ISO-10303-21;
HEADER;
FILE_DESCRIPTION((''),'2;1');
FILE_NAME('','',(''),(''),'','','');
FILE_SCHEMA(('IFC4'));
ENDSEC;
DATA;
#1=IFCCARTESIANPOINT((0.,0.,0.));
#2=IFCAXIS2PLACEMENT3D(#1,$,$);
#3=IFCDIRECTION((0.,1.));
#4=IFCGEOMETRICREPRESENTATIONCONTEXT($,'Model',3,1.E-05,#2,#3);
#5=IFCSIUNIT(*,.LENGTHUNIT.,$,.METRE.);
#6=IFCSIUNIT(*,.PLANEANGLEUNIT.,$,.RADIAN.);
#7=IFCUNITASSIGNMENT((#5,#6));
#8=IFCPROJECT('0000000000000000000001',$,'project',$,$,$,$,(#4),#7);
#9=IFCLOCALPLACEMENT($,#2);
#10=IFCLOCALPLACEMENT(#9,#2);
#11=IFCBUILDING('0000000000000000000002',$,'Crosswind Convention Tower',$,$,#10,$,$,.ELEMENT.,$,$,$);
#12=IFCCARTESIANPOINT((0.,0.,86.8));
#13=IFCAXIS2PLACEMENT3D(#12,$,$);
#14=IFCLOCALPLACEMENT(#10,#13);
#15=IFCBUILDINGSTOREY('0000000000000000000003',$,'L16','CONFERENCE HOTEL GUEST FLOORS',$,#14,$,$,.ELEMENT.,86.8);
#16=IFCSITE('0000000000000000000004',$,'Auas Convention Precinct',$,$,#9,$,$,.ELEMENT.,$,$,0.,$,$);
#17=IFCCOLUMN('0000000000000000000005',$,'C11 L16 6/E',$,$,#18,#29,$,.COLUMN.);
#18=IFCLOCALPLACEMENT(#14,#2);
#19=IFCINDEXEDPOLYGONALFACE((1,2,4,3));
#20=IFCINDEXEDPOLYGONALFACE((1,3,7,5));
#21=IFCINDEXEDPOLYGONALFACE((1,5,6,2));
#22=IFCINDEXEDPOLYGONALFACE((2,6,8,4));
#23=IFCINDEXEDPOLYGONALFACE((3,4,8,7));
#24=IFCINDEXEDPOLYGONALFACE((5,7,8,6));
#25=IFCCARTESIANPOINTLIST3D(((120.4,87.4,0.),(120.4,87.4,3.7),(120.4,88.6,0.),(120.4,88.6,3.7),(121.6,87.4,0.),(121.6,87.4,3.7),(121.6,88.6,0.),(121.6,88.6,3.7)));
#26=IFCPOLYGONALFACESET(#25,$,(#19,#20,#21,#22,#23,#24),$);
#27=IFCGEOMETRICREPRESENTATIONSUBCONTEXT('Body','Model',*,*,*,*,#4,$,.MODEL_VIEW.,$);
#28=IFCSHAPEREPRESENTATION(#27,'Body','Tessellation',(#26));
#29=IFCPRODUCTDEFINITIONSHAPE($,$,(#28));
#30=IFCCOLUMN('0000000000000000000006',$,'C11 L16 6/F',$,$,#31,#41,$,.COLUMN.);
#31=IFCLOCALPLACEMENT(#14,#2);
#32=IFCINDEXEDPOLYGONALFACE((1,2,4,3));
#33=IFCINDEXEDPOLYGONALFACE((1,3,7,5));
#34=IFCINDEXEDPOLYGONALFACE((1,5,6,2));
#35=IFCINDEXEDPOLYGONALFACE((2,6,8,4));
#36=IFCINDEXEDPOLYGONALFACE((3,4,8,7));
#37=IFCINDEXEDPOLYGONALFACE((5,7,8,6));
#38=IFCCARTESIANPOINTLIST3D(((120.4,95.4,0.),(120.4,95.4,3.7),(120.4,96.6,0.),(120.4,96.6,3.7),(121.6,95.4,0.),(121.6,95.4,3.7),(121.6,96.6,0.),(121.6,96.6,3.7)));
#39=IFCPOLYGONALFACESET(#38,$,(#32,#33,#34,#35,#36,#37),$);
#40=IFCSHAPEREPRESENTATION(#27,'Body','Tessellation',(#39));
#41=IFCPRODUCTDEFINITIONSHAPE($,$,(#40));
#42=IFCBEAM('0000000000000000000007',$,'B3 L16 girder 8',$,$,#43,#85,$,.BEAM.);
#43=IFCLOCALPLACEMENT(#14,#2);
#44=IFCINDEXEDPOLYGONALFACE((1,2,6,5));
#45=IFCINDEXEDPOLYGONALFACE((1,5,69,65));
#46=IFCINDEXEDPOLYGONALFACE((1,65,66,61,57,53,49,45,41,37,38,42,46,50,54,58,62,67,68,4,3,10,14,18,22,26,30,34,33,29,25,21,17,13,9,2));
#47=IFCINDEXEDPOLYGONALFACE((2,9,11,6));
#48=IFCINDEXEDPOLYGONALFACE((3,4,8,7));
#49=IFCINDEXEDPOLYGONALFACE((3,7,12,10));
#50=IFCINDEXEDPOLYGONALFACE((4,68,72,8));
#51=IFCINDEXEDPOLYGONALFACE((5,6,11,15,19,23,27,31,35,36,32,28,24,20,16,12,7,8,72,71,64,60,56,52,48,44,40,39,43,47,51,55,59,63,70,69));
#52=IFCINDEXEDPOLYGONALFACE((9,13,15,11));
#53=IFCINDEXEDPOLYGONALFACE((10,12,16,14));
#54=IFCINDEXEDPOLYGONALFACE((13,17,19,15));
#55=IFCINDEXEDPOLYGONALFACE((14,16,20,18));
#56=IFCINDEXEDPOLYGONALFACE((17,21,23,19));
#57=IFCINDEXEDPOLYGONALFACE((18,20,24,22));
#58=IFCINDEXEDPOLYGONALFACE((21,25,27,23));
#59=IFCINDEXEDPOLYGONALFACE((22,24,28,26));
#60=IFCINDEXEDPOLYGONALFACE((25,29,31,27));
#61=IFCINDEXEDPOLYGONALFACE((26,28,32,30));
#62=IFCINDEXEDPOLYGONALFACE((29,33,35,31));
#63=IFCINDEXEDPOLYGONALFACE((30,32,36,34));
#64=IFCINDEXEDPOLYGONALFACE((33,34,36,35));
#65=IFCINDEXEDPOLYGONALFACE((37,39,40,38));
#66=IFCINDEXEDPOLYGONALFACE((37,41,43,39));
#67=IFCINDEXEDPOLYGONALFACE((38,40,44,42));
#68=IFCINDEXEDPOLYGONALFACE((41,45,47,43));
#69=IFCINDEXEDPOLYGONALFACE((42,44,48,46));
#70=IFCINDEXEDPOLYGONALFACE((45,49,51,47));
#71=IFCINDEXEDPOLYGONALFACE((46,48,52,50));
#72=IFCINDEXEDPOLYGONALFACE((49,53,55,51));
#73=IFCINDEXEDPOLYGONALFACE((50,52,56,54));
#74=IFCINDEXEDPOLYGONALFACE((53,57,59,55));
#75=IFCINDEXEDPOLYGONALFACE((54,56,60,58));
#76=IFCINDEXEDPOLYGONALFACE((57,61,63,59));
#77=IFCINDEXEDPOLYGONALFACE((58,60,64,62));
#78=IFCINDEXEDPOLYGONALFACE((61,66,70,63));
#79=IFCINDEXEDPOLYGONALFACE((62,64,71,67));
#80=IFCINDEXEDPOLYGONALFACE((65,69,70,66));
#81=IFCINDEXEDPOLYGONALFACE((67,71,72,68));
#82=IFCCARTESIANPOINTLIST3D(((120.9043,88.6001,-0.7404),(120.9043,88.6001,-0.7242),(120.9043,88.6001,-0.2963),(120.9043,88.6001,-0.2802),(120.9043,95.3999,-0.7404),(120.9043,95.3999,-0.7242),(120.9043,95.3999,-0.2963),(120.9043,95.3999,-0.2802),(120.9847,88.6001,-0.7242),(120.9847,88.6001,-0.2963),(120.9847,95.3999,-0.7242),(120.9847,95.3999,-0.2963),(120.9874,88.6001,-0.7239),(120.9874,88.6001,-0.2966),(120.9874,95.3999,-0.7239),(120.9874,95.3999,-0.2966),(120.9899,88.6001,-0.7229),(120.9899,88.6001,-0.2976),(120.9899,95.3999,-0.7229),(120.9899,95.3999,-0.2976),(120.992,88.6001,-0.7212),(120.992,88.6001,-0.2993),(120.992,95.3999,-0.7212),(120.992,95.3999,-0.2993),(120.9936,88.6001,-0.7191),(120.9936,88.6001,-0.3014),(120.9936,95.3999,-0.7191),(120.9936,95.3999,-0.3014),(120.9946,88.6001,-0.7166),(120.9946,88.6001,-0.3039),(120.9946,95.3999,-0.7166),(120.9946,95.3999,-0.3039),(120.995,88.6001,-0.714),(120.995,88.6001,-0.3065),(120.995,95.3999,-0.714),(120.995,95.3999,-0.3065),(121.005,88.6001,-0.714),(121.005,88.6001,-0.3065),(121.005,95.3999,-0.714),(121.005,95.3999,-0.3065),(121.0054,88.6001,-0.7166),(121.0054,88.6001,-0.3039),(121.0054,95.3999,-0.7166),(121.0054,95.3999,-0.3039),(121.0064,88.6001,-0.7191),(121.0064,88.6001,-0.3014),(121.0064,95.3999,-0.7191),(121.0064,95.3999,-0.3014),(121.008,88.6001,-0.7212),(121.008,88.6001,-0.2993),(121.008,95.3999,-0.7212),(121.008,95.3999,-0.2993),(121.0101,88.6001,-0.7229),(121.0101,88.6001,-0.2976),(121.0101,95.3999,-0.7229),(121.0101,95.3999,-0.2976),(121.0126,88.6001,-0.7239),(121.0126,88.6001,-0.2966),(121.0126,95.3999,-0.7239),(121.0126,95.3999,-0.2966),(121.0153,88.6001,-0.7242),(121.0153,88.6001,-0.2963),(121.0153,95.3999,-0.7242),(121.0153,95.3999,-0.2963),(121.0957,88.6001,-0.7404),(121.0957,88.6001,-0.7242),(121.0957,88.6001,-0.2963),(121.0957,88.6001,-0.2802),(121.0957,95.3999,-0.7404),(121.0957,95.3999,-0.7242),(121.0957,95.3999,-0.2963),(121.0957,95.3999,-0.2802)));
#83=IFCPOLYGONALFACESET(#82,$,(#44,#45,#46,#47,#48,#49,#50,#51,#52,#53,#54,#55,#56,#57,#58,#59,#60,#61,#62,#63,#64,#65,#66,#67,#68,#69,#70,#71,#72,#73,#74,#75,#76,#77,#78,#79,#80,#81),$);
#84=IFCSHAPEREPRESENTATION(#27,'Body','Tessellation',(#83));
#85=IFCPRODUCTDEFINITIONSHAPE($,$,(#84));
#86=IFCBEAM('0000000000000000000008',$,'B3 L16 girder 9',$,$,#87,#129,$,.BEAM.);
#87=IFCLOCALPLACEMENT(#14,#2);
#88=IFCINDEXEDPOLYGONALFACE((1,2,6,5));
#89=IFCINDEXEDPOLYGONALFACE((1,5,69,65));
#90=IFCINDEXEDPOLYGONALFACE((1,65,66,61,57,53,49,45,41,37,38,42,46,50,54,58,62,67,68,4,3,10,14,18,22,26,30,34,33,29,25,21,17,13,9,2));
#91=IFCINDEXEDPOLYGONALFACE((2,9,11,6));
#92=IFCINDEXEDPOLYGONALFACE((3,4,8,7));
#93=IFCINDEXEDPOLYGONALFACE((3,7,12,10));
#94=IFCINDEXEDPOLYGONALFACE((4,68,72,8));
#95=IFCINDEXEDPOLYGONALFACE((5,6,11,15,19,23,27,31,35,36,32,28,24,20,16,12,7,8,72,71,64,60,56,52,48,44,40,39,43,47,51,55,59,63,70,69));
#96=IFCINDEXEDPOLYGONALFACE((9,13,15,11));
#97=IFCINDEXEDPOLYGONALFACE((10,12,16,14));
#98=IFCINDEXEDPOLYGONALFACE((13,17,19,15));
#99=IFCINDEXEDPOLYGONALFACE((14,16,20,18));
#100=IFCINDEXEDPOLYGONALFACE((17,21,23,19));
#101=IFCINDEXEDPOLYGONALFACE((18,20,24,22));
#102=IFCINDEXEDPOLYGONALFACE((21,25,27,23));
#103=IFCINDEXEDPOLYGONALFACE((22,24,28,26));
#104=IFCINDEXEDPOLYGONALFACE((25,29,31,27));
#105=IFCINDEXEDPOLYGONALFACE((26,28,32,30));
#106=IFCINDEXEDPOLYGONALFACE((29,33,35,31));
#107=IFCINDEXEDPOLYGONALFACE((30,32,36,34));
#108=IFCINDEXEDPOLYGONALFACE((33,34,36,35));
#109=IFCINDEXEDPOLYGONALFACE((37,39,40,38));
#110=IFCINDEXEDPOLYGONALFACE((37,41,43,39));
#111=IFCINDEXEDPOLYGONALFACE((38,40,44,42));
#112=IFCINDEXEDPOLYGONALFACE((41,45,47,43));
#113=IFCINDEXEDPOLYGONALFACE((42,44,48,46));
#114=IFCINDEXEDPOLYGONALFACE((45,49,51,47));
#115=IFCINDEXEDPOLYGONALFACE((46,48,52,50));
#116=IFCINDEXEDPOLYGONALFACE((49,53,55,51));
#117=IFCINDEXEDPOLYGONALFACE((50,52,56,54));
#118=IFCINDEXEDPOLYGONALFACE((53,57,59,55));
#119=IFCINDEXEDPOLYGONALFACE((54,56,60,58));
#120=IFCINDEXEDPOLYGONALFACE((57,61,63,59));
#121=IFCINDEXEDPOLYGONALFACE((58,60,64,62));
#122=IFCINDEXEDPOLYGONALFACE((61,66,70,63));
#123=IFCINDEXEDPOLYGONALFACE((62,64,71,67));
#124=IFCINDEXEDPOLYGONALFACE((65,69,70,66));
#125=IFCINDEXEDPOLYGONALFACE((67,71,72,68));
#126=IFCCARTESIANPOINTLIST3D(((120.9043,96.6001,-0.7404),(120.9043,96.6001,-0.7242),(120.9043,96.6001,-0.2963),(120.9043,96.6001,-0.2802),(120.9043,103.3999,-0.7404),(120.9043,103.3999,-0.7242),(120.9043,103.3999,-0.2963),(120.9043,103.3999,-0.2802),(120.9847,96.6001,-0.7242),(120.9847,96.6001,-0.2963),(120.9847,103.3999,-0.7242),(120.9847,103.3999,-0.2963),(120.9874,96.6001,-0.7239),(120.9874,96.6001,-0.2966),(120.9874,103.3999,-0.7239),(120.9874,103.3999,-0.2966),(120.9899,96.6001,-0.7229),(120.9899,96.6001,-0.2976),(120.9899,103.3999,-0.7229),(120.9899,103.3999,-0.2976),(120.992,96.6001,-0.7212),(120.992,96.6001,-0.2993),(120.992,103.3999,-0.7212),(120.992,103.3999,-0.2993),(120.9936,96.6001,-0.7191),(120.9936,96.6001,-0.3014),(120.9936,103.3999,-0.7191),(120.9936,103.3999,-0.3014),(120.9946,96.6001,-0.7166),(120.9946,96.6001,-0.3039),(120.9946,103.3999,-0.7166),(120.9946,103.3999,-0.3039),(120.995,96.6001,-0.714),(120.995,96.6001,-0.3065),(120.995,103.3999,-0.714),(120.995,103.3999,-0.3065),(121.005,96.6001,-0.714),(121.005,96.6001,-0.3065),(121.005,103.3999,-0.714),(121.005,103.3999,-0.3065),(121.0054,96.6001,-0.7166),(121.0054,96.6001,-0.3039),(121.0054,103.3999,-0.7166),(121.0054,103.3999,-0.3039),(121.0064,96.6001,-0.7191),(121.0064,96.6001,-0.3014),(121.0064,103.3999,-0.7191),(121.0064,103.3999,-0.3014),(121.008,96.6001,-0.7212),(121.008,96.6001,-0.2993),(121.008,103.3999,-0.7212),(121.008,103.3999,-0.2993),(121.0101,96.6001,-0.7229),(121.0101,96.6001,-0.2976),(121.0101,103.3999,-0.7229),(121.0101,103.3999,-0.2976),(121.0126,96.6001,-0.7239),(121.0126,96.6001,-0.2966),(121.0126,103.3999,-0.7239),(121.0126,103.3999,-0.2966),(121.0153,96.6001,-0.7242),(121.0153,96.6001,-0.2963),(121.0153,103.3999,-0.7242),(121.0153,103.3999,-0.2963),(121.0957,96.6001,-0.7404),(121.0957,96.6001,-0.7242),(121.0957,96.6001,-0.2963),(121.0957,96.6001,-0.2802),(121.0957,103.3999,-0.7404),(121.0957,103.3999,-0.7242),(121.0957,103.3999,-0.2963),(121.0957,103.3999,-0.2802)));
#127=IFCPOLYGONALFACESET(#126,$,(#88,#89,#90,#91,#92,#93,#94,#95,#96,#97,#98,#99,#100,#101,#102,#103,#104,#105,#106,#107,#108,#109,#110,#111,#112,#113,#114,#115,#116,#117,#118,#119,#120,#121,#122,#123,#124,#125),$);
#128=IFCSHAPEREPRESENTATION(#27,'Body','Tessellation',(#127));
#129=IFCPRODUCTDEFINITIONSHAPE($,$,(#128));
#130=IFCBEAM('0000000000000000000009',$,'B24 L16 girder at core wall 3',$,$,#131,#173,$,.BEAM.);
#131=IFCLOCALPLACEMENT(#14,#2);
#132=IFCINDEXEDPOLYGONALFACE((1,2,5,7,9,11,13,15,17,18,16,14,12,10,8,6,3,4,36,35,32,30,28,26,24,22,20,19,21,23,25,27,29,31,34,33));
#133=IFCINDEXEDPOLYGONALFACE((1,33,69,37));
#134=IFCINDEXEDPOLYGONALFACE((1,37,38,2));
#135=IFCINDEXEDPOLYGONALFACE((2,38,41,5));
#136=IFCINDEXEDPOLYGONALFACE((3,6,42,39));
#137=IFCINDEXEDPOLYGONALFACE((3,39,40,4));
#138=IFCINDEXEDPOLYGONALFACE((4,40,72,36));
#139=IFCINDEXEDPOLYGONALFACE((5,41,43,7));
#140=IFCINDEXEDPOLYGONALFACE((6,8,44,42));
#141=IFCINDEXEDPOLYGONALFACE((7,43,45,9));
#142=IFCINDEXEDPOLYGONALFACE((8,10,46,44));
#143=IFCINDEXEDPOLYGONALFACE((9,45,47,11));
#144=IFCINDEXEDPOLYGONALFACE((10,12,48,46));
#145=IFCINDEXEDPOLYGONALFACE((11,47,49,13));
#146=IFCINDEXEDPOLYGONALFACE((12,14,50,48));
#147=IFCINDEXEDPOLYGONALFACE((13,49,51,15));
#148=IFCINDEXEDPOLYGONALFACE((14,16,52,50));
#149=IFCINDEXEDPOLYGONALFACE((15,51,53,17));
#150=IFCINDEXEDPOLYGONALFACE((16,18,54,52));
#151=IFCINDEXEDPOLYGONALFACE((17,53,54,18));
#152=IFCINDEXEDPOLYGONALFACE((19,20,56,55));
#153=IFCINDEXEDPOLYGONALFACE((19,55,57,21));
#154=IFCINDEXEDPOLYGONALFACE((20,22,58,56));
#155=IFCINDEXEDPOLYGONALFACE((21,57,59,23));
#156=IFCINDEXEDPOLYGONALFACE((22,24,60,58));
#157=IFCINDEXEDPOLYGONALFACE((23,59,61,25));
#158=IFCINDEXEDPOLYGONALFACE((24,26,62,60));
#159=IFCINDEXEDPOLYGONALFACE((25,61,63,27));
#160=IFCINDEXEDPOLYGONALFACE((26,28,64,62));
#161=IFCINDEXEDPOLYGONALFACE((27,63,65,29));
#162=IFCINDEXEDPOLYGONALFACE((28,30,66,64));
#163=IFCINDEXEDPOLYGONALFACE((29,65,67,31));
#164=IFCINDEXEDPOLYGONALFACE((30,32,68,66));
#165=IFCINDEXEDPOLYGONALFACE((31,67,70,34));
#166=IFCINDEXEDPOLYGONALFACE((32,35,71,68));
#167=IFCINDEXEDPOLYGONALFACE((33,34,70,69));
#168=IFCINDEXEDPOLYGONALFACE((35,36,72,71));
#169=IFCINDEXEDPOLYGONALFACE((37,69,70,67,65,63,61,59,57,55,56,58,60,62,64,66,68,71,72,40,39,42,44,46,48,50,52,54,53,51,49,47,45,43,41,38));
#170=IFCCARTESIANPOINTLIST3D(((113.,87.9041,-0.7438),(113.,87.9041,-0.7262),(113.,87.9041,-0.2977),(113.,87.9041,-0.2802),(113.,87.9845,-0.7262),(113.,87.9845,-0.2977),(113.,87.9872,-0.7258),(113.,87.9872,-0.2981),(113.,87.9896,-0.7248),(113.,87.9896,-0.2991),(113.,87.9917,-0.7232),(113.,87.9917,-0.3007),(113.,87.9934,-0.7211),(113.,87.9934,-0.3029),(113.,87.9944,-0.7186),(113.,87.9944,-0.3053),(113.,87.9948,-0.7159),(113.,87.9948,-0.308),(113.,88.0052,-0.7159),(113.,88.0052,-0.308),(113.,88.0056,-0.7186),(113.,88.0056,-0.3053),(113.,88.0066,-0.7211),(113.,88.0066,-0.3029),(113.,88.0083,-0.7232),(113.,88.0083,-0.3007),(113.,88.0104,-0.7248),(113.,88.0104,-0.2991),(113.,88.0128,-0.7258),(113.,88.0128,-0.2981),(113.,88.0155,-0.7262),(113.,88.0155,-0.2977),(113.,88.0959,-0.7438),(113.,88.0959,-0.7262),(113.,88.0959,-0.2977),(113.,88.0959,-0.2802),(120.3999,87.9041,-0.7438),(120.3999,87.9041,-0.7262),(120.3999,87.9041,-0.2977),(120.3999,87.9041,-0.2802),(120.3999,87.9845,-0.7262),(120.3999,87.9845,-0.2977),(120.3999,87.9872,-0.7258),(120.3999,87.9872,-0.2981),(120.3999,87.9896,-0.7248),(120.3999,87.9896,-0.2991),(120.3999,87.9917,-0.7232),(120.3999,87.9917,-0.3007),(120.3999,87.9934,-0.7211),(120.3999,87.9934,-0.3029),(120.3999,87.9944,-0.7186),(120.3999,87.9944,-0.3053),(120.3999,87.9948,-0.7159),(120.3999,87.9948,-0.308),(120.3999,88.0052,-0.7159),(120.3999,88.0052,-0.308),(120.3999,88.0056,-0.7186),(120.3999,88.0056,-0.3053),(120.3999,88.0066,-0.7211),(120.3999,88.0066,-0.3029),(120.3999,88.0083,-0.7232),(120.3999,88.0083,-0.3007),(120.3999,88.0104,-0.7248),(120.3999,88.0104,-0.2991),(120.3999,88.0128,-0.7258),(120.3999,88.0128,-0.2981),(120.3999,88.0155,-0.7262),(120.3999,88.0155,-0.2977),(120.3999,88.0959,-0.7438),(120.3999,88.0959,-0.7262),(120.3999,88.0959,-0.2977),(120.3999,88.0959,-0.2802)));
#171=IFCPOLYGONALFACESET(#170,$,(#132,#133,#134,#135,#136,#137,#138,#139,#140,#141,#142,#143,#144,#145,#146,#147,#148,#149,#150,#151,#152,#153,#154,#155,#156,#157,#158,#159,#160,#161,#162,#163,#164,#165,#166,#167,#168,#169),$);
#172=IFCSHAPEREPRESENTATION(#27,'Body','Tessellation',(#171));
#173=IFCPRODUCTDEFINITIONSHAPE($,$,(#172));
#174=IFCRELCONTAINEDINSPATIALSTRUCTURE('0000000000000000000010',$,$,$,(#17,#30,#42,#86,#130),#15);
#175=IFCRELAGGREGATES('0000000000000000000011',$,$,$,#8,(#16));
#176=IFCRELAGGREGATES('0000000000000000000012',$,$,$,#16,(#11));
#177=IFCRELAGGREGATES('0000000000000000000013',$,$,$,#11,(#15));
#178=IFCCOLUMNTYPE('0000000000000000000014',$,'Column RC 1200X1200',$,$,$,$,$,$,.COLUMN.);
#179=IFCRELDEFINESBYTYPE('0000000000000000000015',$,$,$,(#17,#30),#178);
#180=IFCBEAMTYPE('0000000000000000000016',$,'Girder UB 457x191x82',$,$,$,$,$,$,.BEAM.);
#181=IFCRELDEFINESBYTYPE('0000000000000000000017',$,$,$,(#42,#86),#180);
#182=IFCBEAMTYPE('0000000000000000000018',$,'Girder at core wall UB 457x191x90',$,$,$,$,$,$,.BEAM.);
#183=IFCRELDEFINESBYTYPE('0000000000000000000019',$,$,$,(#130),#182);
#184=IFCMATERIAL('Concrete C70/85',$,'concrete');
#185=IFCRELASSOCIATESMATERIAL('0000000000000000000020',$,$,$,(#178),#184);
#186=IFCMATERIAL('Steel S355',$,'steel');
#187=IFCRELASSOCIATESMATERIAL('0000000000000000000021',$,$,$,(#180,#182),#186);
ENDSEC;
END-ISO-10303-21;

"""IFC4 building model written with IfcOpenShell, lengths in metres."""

from ifc_helpers import new_model, si_unit, direction, frame, origin, origin_2d, place, context, subcontext, project, spatial, rectangle, i_section, extrude, material, material_profile, profile_set, type_object, element, save


model = new_model("IFC4")

# Units and contexts
model_context = context("Model", 3, precision=1e-05, world=origin(), true_north=direction((0.0, 1.0)))
body_context = subcontext(model_context, "Body", "Model", "MODEL_VIEW")
ifc_project = project(units=[si_unit("LENGTHUNIT", "METRE"), si_unit("PLANEANGLEUNIT", "RADIAN")], contexts=[model_context])

# Site, building, storey
site_placement = place(None, origin())
site = spatial("IfcSite", under=ifc_project, at=site_placement, Name="Auas Convention Precinct", CompositionType="ELEMENT", RefElevation=0.0)
building_placement = place(site_placement, origin())
building = spatial("IfcBuilding", under=site, at=building_placement, Name="Crosswind Convention Tower", CompositionType="ELEMENT")
storey_placement = place(building_placement, frame((0.0, 0.0, 86.8)))
storey = spatial("IfcBuildingStorey", under=building, at=storey_placement, Name="L16", Description="CONFERENCE HOTEL GUEST FLOORS", CompositionType="ELEMENT", Elevation=86.8)

# Columns
ifc_material_1 = material(Name="Concrete C70/85", Category="concrete")
ifc_material_profile_1 = material_profile(ifc_material_1, rectangle(XDim=1.2, YDim=1.2, at=origin_2d()), Name="RC 1200X1200")
ifc_profile_set_1 = profile_set([ifc_material_profile_1], Name="Concrete C70/85")
column_type = type_object("IfcColumnType", Name="Column RC 1200X1200", PredefinedType="COLUMN", material=ifc_profile_set_1)
for number, where, z_axis, x_axis, name in (
    (1, (121.0, 88.0, 0.0), (0.0, 0.0, 1.0), (1.0, 0.0, 0.0), "C11 L16 6/E"),
    (2, (121.0, 96.0, 0.0), (0.0, 0.0, 1.0), (1.0, 0.0, 0.0), "C11 L16 6/F"),
):
    element("IfcColumn", number, at=place(storey_placement, frame(where, z_axis=z_axis, x_axis=x_axis)), inside=storey, type_object=column_type, Name=name, PredefinedType="COLUMN", context=body_context, shape_type="SweptSolid", body=[
        extrude(rectangle(XDim=1.2, YDim=1.2, at=origin_2d()), origin(), (0.0, 0.0, 1.0), 3.7),
    ])

# Beams
ifc_material_2 = material(Name="Steel S355", Category="steel")
ifc_material_profile_2 = material_profile(ifc_material_2, i_section(OverallWidth=0.1914, OverallDepth=0.4602, WebThickness=0.01, FlangeThickness=0.0161, FilletRadius=0.0103, at=origin_2d()), Name="UB 457x191x82")
ifc_profile_set_2 = profile_set([ifc_material_profile_2], Name="Steel S355")
beam_type_1 = type_object("IfcBeamType", Name="Girder UB 457x191x82", PredefinedType="BEAM", material=ifc_profile_set_2)
for number, where, z_axis, x_axis, name in (
    (3, (121.0, 88.6001, -0.5103), (0.0, 1.0, 0.0), (-1.0, 0.0, 0.0), "B3 L16 girder 8"),
    (4, (121.0, 96.6001, -0.5103), (0.0, 1.0, 0.0), (-1.0, 0.0, 0.0), "B3 L16 girder 9"),
):
    element("IfcBeam", number, at=place(storey_placement, frame(where, z_axis=z_axis, x_axis=x_axis)), inside=storey, type_object=beam_type_1, Name=name, PredefinedType="BEAM", context=body_context, shape_type="SweptSolid", body=[
        extrude(i_section(OverallWidth=0.1914, OverallDepth=0.4602, WebThickness=0.01, FlangeThickness=0.0161, FilletRadius=0.0103, at=origin_2d()), origin(), (0.0, 0.0, 1.0), 6.7998),
    ])
ifc_material_profile_3 = material_profile(ifc_material_2, i_section(OverallWidth=0.1919, OverallDepth=0.4636, WebThickness=0.0105, FlangeThickness=0.0176, FilletRadius=0.0103, at=origin_2d()), Name="UB 457x191x90")
ifc_profile_set_3 = profile_set([ifc_material_profile_3], Name="Steel S355")
beam_type_2 = type_object("IfcBeamType", Name="Girder at core wall UB 457x191x90", PredefinedType="BEAM", material=ifc_profile_set_3)
for number, where, z_axis, x_axis, name in (
    (5, (113.0, 88.0, -0.512), (1.0, 0.0, 0.0), (0.0, 1.0, 0.0), "B24 L16 girder at core wall 3"),
):
    element("IfcBeam", number, at=place(storey_placement, frame(where, z_axis=z_axis, x_axis=x_axis)), inside=storey, type_object=beam_type_2, Name=name, PredefinedType="BEAM", context=body_context, shape_type="SweptSolid", body=[
        extrude(i_section(OverallWidth=0.1919, OverallDepth=0.4636, WebThickness=0.0105, FlangeThickness=0.0176, FilletRadius=0.0103, at=origin_2d()), origin(), (0.0, 0.0, 1.0), 7.3999),
    ])

save(model, "model.ifc")
